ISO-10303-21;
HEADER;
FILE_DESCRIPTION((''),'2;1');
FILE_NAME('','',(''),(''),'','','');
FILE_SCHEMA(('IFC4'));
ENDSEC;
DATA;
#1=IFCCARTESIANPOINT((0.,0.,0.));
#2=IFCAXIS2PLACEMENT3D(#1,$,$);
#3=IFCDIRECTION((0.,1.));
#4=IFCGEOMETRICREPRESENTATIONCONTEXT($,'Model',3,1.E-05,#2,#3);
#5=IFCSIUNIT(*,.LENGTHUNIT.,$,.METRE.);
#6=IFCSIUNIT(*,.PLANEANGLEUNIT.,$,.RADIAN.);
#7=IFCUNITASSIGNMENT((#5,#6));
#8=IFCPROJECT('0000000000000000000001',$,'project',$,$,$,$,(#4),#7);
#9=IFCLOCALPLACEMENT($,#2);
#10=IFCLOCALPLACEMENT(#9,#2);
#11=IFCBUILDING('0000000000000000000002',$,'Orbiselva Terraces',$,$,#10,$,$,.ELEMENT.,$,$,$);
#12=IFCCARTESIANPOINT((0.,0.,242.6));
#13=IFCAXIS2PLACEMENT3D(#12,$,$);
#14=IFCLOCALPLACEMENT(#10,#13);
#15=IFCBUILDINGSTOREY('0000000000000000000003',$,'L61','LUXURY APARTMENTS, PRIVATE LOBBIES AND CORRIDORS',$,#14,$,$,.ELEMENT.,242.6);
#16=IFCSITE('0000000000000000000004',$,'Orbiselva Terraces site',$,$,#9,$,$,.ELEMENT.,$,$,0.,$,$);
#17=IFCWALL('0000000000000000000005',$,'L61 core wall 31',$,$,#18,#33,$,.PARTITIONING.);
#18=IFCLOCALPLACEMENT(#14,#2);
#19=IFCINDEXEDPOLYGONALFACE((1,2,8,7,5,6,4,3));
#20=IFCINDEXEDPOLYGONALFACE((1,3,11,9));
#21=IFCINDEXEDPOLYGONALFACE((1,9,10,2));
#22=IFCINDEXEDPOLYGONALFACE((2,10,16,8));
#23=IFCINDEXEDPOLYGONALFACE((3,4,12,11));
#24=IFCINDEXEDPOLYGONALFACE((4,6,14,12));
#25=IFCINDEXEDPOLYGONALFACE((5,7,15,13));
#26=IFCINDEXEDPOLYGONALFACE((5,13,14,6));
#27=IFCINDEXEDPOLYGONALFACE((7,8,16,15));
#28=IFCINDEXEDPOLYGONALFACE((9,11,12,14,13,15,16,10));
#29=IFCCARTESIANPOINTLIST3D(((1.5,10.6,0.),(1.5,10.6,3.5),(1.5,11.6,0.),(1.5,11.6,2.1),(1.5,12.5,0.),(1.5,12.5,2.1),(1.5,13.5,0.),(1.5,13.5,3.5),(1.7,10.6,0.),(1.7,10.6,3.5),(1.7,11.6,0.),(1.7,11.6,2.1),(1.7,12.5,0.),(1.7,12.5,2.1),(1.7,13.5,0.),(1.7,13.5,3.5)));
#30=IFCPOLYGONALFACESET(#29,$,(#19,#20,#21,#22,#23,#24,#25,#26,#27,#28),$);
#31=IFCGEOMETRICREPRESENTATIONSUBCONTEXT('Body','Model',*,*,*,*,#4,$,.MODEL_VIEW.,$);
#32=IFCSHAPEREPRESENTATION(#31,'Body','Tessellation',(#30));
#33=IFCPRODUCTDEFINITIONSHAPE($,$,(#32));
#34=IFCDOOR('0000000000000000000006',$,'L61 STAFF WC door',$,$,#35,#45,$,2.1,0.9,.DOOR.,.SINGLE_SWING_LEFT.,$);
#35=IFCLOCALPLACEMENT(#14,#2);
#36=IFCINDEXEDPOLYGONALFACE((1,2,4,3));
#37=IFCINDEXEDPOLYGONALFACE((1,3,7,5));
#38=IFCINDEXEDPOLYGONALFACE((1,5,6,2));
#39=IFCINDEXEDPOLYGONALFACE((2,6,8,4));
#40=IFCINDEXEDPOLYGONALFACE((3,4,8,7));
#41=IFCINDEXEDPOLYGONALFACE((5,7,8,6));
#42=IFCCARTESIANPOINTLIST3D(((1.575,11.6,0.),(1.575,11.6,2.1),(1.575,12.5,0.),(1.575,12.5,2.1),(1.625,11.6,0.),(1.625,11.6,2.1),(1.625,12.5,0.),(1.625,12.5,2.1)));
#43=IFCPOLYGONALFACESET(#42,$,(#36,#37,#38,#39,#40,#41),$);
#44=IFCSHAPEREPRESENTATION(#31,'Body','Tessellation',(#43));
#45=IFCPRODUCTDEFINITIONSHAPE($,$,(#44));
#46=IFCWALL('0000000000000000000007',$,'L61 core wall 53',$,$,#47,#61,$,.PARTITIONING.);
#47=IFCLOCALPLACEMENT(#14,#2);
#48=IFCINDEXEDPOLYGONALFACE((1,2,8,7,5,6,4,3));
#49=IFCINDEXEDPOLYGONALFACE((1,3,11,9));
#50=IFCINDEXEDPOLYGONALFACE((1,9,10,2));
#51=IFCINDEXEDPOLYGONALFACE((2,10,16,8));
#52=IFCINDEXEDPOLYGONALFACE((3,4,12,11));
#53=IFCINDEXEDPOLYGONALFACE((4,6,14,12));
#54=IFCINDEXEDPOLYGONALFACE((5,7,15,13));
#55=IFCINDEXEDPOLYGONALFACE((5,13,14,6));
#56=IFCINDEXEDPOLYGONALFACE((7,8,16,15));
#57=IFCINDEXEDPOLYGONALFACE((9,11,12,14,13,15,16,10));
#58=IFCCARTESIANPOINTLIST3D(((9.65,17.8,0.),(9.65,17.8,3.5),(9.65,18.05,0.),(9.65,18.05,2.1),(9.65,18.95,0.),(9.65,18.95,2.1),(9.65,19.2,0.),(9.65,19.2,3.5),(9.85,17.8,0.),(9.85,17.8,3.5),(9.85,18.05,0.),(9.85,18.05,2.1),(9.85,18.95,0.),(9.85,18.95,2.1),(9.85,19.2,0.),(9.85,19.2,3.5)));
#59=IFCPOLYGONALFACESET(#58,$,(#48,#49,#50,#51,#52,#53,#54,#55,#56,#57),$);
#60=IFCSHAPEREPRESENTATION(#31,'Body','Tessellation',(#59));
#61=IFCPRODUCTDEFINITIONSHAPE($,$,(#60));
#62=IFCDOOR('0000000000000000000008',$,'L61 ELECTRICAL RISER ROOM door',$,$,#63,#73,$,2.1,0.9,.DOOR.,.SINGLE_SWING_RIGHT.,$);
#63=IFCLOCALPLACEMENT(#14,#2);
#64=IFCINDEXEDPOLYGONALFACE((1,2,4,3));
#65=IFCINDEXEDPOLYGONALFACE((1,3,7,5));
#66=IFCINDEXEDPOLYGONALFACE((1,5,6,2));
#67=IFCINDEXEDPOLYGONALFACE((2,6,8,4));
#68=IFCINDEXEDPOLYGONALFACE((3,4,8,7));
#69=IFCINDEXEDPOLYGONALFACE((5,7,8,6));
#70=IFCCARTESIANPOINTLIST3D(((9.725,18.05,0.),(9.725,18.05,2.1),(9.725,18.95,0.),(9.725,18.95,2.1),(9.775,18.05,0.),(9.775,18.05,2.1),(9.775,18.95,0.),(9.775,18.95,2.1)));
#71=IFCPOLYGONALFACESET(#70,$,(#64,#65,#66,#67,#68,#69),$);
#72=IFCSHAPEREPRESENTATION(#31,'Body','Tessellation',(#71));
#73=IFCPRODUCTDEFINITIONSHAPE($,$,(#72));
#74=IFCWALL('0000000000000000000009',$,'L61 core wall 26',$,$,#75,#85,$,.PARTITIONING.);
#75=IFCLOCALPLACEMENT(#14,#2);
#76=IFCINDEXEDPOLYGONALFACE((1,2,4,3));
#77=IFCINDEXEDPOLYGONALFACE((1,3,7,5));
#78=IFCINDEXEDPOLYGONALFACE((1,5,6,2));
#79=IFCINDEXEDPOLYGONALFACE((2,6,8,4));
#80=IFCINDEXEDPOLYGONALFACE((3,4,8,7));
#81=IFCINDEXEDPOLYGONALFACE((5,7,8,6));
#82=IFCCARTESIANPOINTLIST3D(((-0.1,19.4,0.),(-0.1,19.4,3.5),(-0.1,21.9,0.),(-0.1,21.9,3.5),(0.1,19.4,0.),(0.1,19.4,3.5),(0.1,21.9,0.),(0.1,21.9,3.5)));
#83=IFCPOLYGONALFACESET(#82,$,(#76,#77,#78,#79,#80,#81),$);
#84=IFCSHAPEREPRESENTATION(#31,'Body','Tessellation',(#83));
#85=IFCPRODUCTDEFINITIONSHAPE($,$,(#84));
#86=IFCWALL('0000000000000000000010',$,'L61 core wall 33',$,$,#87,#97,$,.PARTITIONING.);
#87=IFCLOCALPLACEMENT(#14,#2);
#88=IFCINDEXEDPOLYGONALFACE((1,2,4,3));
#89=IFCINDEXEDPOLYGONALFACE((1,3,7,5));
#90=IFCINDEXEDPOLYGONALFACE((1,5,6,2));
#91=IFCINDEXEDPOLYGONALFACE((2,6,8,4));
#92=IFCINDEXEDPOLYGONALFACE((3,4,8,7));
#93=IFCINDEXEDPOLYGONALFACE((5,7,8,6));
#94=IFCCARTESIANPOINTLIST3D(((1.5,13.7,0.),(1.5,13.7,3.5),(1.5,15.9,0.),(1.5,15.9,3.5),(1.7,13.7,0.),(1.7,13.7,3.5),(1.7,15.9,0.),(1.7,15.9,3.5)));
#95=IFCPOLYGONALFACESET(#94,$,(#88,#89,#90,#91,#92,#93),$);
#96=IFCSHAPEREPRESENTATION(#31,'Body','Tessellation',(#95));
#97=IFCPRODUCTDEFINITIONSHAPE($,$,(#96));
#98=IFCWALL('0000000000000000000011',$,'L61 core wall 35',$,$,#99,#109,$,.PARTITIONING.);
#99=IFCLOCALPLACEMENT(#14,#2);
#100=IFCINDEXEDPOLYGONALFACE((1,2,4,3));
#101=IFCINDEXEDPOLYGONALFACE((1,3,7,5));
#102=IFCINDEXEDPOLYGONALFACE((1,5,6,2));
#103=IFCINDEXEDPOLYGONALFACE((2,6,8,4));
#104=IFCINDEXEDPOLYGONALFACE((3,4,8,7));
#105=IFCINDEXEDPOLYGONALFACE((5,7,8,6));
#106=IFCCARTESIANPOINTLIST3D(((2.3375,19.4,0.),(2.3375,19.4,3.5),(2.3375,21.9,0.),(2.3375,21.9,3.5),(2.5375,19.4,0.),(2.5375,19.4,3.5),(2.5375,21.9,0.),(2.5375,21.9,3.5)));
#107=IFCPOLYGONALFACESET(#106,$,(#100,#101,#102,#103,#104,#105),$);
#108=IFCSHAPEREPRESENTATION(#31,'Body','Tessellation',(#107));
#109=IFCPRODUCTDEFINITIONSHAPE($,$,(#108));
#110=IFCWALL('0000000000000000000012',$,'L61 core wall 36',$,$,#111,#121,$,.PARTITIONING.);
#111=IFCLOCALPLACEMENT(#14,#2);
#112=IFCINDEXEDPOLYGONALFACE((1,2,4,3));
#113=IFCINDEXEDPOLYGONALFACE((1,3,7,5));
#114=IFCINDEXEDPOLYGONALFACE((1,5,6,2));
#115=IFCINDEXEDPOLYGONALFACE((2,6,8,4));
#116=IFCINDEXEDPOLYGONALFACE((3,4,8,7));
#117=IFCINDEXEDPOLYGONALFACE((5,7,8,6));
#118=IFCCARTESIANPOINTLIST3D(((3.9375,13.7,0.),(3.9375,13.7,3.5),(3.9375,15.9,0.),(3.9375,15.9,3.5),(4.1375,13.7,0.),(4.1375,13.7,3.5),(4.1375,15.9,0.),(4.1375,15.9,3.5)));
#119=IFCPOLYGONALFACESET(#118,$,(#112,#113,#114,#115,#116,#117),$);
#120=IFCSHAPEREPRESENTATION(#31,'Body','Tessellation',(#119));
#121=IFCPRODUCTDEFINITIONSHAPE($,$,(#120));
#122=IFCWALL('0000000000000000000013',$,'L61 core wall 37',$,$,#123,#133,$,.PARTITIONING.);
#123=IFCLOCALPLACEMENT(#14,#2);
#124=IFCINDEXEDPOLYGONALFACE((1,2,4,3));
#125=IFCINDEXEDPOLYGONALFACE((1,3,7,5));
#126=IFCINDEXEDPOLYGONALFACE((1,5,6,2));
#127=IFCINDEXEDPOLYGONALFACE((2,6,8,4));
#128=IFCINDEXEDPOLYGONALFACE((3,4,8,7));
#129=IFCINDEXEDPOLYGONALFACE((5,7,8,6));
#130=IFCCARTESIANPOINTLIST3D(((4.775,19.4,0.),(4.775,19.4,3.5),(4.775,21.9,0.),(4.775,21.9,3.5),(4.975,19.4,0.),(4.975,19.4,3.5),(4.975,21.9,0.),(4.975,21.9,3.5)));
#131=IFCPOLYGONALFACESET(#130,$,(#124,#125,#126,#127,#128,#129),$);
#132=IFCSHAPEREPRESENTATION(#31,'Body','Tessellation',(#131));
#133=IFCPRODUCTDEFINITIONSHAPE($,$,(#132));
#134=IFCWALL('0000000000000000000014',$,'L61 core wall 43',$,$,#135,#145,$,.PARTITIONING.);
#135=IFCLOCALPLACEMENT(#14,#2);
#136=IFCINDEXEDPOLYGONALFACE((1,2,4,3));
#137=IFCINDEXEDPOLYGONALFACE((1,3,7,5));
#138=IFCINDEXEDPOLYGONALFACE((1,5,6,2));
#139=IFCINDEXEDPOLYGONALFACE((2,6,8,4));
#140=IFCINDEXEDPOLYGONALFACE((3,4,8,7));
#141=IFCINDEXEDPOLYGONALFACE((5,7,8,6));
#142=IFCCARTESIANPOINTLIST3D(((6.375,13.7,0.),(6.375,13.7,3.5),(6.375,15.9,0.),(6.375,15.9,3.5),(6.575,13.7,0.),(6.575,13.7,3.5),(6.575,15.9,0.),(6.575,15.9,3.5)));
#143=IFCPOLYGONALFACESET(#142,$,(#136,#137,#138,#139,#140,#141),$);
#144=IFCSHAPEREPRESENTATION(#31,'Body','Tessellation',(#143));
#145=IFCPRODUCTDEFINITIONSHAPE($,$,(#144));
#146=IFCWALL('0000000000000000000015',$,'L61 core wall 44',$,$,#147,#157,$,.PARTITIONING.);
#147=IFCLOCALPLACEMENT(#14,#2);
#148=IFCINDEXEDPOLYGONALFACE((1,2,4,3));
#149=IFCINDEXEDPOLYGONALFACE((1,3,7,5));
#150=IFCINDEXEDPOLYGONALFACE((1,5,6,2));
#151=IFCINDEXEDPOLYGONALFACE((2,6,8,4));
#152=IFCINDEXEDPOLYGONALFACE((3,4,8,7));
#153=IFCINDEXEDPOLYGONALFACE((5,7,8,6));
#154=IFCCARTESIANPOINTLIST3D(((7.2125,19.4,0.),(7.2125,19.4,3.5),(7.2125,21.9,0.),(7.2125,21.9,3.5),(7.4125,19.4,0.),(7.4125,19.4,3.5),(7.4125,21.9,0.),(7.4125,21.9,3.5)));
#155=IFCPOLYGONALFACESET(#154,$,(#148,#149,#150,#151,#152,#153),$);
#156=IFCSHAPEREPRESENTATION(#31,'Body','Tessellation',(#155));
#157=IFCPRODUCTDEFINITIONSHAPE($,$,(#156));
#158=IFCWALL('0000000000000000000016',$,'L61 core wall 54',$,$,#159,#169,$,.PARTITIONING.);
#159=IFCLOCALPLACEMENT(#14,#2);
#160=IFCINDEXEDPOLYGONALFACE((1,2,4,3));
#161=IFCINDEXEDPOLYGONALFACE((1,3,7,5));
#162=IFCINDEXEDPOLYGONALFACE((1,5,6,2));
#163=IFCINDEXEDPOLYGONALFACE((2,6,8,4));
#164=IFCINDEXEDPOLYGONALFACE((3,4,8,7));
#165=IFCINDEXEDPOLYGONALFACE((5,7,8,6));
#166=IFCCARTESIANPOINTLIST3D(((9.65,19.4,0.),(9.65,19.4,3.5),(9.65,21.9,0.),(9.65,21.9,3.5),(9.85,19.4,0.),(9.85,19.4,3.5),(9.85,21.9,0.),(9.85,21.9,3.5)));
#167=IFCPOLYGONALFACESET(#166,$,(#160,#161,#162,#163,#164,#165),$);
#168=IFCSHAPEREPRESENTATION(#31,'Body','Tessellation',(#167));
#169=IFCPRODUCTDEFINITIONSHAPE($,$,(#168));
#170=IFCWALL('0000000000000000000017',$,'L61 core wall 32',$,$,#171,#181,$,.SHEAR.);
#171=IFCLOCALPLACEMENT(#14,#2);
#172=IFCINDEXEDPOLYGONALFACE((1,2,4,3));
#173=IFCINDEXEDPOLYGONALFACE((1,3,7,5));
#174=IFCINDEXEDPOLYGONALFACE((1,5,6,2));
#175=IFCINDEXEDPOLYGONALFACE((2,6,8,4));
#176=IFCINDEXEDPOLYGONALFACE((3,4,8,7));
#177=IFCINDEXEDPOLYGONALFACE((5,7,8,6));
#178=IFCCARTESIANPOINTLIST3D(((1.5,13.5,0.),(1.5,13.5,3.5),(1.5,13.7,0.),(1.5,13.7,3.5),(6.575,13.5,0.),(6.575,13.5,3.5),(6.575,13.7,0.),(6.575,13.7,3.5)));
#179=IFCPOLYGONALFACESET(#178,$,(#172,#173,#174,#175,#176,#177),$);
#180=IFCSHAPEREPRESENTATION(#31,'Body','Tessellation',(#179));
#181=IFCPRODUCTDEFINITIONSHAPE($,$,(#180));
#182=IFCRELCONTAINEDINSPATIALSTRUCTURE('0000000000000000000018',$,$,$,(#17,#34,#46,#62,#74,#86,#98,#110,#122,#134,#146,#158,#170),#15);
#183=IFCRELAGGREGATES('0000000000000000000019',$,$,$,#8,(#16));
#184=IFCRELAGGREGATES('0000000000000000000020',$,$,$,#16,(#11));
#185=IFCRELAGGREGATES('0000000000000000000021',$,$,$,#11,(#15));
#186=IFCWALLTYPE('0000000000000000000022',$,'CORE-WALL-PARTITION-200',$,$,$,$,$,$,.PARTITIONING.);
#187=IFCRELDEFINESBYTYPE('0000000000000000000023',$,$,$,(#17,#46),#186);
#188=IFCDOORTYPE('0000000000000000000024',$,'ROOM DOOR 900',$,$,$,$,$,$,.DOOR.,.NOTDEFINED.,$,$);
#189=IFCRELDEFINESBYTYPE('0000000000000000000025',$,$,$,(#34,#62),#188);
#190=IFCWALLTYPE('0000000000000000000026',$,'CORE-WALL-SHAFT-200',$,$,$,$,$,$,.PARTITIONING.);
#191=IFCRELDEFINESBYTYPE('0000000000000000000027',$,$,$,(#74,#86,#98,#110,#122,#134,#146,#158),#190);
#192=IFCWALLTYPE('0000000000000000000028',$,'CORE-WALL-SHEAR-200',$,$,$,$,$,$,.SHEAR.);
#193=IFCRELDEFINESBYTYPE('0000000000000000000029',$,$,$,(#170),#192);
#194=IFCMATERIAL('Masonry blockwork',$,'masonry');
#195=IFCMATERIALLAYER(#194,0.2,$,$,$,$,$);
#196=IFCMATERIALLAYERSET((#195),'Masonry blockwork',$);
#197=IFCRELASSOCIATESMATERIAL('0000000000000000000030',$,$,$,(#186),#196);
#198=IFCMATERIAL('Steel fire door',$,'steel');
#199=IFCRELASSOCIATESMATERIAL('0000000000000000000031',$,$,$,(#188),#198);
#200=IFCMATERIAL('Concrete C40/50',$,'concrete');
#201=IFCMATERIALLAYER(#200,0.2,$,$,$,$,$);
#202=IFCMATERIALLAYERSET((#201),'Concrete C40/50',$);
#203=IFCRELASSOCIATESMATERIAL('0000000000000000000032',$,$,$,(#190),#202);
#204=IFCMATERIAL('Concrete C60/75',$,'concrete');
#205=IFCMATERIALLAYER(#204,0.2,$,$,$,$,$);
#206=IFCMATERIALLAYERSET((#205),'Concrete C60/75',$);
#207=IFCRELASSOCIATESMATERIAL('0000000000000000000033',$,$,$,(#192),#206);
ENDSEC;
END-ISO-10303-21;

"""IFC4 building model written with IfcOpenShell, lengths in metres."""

from ifc_helpers import new_model, si_unit, direction, frame, frame_2d, origin, place, context, subcontext, project, spatial, rectangle, extrude, material, layer, layer_set, type_object, element, fill, save


model = new_model("IFC4")

# Units and contexts
model_context = context("Model", 3, precision=1e-05, world=origin(), true_north=direction((0.0, 1.0)))
body_context = subcontext(model_context, "Body", "Model", "MODEL_VIEW")
ifc_project = project(units=[si_unit("LENGTHUNIT", "METRE"), si_unit("PLANEANGLEUNIT", "RADIAN")], contexts=[model_context])

# Site, building, storey
site_placement = place(None, origin())
site = spatial("IfcSite", under=ifc_project, at=site_placement, Name="Orbiselva Terraces site", CompositionType="ELEMENT", RefElevation=0.0)
building_placement = place(site_placement, origin())
building = spatial("IfcBuilding", under=site, at=building_placement, Name="Orbiselva Terraces", CompositionType="ELEMENT")
storey_placement = place(building_placement, frame((0.0, 0.0, 242.6)))
storey = spatial("IfcBuildingStorey", under=building, at=storey_placement, Name="L61", Description="LUXURY APARTMENTS, PRIVATE LOBBIES AND CORRIDORS", CompositionType="ELEMENT", Elevation=242.6)

# Walls, openings, doors
ifc_material_1 = material(Name="Masonry blockwork", Category="masonry")
ifc_layer_1 = layer(ifc_material_1, 0.2)
ifc_layer_set_1 = layer_set([ifc_layer_1], Name="Masonry blockwork")
wall_type_1 = type_object("IfcWallType", Name="CORE-WALL-PARTITION-200", PredefinedType="PARTITIONING", material=ifc_layer_set_1)
wall_1_placement = place(storey_placement, frame((1.6, 13.5, 0.0), z_axis=(0.0, 0.0, 1.0), x_axis=(0.0, -1.0, 0.0)))
wall_1 = element("IfcWall", 1, at=wall_1_placement, inside=storey, type_object=wall_type_1, Name="L61 core wall 31", PredefinedType="PARTITIONING", context=body_context, shape_type="SweptSolid", body=[
    extrude(rectangle(XDim=2.9, YDim=0.2, at=frame_2d((1.45, 0.0))), origin(), (0.0, 0.0, 1.0), 3.5),
])
opening_1_placement = place(wall_1_placement, frame((1.0, 0.0, 0.0)))
opening_1 = element("IfcOpeningElement", 2, at=opening_1_placement, cuts=wall_1, PredefinedType="OPENING", context=body_context, shape_type="SweptSolid", body=[
    extrude(rectangle(XDim=0.9, YDim=2.1, at=frame_2d((0.45, 1.05))), frame((0.0, 0.11, 0.0), z_axis=(0.0, -1.0, 0.0), x_axis=(1.0, 0.0, 0.0)), (0.0, 0.0, 1.0), 0.22),
])
ifc_material_2 = material(Name="Steel fire door", Category="steel")
door_type_1 = type_object("IfcDoorType", Name="ROOM DOOR 900", OperationType="NOTDEFINED", PredefinedType="DOOR", material=ifc_material_2)
door_1_placement = place(opening_1_placement, origin())
door_1 = element("IfcDoor", 3, at=door_1_placement, inside=storey, type_object=door_type_1, Name="L61 STAFF WC door", OperationType="SINGLE_SWING_LEFT", OverallHeight=2.1, OverallWidth=0.9, PredefinedType="DOOR", context=body_context, shape_type="SweptSolid", body=[
    extrude(rectangle(XDim=0.9, YDim=2.1, at=frame_2d((0.45, 1.05))), frame((0.0, 0.025, 0.0), z_axis=(0.0, -1.0, 0.0), x_axis=(1.0, 0.0, 0.0)), (0.0, 0.0, 1.0), 0.05),
])
fill(opening_1, door_1)
wall_2_placement = place(storey_placement, frame((9.75, 19.2, 0.0), z_axis=(0.0, 0.0, 1.0), x_axis=(0.0, -1.0, 0.0)))
wall_2 = element("IfcWall", 4, at=wall_2_placement, inside=storey, type_object=wall_type_1, Name="L61 core wall 53", PredefinedType="PARTITIONING", context=body_context, shape_type="SweptSolid", body=[
    extrude(rectangle(XDim=1.4, YDim=0.2, at=frame_2d((0.7, 0.0))), origin(), (0.0, 0.0, 1.0), 3.5),
])
opening_2_placement = place(wall_2_placement, frame((0.25, 0.0, 0.0)))
opening_2 = element("IfcOpeningElement", 5, at=opening_2_placement, cuts=wall_2, PredefinedType="OPENING", context=body_context, shape_type="SweptSolid", body=[
    extrude(rectangle(XDim=0.9, YDim=2.1, at=frame_2d((0.45, 1.05))), frame((0.0, 0.11, 0.0), z_axis=(0.0, -1.0, 0.0), x_axis=(1.0, 0.0, 0.0)), (0.0, 0.0, 1.0), 0.22),
])
door_2_placement = place(opening_2_placement, origin())
door_2 = element("IfcDoor", 6, at=door_2_placement, inside=storey, type_object=door_type_1, Name="L61 ELECTRICAL RISER ROOM door", OperationType="SINGLE_SWING_RIGHT", OverallHeight=2.1, OverallWidth=0.9, PredefinedType="DOOR", context=body_context, shape_type="SweptSolid", body=[
    extrude(rectangle(XDim=0.9, YDim=2.1, at=frame_2d((0.45, 1.05))), frame((0.0, 0.025, 0.0), z_axis=(0.0, -1.0, 0.0), x_axis=(1.0, 0.0, 0.0)), (0.0, 0.0, 1.0), 0.05),
])
fill(opening_2, door_2)

# Walls
ifc_material_3 = material(Name="Concrete C40/50", Category="concrete")
ifc_layer_2 = layer(ifc_material_3, 0.2)
ifc_layer_set_2 = layer_set([ifc_layer_2], Name="Concrete C40/50")
wall_type_2 = type_object("IfcWallType", Name="CORE-WALL-SHAFT-200", PredefinedType="PARTITIONING", material=ifc_layer_set_2)
wall_3_placement = place(storey_placement, frame((0.0, 19.4, 0.0), z_axis=(0.0, 0.0, 1.0), x_axis=(0.0, 1.0, 0.0)))
element("IfcWall", 7, at=wall_3_placement, inside=storey, type_object=wall_type_2, Name="L61 core wall 26", PredefinedType="PARTITIONING", context=body_context, shape_type="SweptSolid", body=[
    extrude(rectangle(XDim=2.5, YDim=0.2, at=frame_2d((1.25, 0.0))), origin(), (0.0, 0.0, 1.0), 3.5),
])
wall_4_placement = place(storey_placement, frame((1.6, 13.7, 0.0), z_axis=(0.0, 0.0, 1.0), x_axis=(0.0, 1.0, 0.0)))
element("IfcWall", 8, at=wall_4_placement, inside=storey, type_object=wall_type_2, Name="L61 core wall 33", PredefinedType="PARTITIONING", context=body_context, shape_type="SweptSolid", body=[
    extrude(rectangle(XDim=2.2, YDim=0.2, at=frame_2d((1.1, 0.0))), origin(), (0.0, 0.0, 1.0), 3.5),
])
wall_5_placement = place(storey_placement, frame((2.4375, 19.4, 0.0), z_axis=(0.0, 0.0, 1.0), x_axis=(0.0, 1.0, 0.0)))
element("IfcWall", 9, at=wall_5_placement, inside=storey, type_object=wall_type_2, Name="L61 core wall 35", PredefinedType="PARTITIONING", context=body_context, shape_type="SweptSolid", body=[
    extrude(rectangle(XDim=2.5, YDim=0.2, at=frame_2d((1.25, 0.0))), origin(), (0.0, 0.0, 1.0), 3.5),
])
wall_6_placement = place(storey_placement, frame((4.0375, 13.7, 0.0), z_axis=(0.0, 0.0, 1.0), x_axis=(0.0, 1.0, 0.0)))
element("IfcWall", 10, at=wall_6_placement, inside=storey, type_object=wall_type_2, Name="L61 core wall 36", PredefinedType="PARTITIONING", context=body_context, shape_type="SweptSolid", body=[
    extrude(rectangle(XDim=2.2, YDim=0.2, at=frame_2d((1.1, 0.0))), origin(), (0.0, 0.0, 1.0), 3.5),
])
wall_7_placement = place(storey_placement, frame((4.875, 19.4, 0.0), z_axis=(0.0, 0.0, 1.0), x_axis=(0.0, 1.0, 0.0)))
element("IfcWall", 11, at=wall_7_placement, inside=storey, type_object=wall_type_2, Name="L61 core wall 37", PredefinedType="PARTITIONING", context=body_context, shape_type="SweptSolid", body=[
    extrude(rectangle(XDim=2.5, YDim=0.2, at=frame_2d((1.25, 0.0))), origin(), (0.0, 0.0, 1.0), 3.5),
])
wall_8_placement = place(storey_placement, frame((6.475, 13.7, 0.0), z_axis=(0.0, 0.0, 1.0), x_axis=(0.0, 1.0, 0.0)))
element("IfcWall", 12, at=wall_8_placement, inside=storey, type_object=wall_type_2, Name="L61 core wall 43", PredefinedType="PARTITIONING", context=body_context, shape_type="SweptSolid", body=[
    extrude(rectangle(XDim=2.2, YDim=0.2, at=frame_2d((1.1, 0.0))), origin(), (0.0, 0.0, 1.0), 3.5),
])
for number, where, z_axis, x_axis, name in (
    (13, (7.3125, 19.4, 0.0), (0.0, 0.0, 1.0), (0.0, 1.0, 0.0), "L61 core wall 44"),
    (14, (9.75, 19.4, 0.0), (0.0, 0.0, 1.0), (0.0, 1.0, 0.0), "L61 core wall 54"),
):
    element("IfcWall", number, at=place(storey_placement, frame(where, z_axis=z_axis, x_axis=x_axis)), inside=storey, type_object=wall_type_2, Name=name, PredefinedType="PARTITIONING", context=body_context, shape_type="SweptSolid", body=[
        extrude(rectangle(XDim=2.5, YDim=0.2, at=frame_2d((1.25, 0.0))), origin(), (0.0, 0.0, 1.0), 3.5),
    ])
ifc_material_4 = material(Name="Concrete C60/75", Category="concrete")
ifc_layer_3 = layer(ifc_material_4, 0.2)
ifc_layer_set_3 = layer_set([ifc_layer_3], Name="Concrete C60/75")
wall_type_3 = type_object("IfcWallType", Name="CORE-WALL-SHEAR-200", PredefinedType="SHEAR", material=ifc_layer_set_3)
wall_9_placement = place(storey_placement, frame((1.5, 13.6, 0.0), z_axis=(0.0, 0.0, 1.0), x_axis=(1.0, 0.0, 0.0)))
element("IfcWall", 15, at=wall_9_placement, inside=storey, type_object=wall_type_3, Name="L61 core wall 32", PredefinedType="SHEAR", context=body_context, shape_type="SweptSolid", body=[
    extrude(rectangle(XDim=5.075, YDim=0.2, at=frame_2d((2.5375, 0.0))), origin(), (0.0, 0.0, 1.0), 3.5),
])

save(model, "model.ifc")
